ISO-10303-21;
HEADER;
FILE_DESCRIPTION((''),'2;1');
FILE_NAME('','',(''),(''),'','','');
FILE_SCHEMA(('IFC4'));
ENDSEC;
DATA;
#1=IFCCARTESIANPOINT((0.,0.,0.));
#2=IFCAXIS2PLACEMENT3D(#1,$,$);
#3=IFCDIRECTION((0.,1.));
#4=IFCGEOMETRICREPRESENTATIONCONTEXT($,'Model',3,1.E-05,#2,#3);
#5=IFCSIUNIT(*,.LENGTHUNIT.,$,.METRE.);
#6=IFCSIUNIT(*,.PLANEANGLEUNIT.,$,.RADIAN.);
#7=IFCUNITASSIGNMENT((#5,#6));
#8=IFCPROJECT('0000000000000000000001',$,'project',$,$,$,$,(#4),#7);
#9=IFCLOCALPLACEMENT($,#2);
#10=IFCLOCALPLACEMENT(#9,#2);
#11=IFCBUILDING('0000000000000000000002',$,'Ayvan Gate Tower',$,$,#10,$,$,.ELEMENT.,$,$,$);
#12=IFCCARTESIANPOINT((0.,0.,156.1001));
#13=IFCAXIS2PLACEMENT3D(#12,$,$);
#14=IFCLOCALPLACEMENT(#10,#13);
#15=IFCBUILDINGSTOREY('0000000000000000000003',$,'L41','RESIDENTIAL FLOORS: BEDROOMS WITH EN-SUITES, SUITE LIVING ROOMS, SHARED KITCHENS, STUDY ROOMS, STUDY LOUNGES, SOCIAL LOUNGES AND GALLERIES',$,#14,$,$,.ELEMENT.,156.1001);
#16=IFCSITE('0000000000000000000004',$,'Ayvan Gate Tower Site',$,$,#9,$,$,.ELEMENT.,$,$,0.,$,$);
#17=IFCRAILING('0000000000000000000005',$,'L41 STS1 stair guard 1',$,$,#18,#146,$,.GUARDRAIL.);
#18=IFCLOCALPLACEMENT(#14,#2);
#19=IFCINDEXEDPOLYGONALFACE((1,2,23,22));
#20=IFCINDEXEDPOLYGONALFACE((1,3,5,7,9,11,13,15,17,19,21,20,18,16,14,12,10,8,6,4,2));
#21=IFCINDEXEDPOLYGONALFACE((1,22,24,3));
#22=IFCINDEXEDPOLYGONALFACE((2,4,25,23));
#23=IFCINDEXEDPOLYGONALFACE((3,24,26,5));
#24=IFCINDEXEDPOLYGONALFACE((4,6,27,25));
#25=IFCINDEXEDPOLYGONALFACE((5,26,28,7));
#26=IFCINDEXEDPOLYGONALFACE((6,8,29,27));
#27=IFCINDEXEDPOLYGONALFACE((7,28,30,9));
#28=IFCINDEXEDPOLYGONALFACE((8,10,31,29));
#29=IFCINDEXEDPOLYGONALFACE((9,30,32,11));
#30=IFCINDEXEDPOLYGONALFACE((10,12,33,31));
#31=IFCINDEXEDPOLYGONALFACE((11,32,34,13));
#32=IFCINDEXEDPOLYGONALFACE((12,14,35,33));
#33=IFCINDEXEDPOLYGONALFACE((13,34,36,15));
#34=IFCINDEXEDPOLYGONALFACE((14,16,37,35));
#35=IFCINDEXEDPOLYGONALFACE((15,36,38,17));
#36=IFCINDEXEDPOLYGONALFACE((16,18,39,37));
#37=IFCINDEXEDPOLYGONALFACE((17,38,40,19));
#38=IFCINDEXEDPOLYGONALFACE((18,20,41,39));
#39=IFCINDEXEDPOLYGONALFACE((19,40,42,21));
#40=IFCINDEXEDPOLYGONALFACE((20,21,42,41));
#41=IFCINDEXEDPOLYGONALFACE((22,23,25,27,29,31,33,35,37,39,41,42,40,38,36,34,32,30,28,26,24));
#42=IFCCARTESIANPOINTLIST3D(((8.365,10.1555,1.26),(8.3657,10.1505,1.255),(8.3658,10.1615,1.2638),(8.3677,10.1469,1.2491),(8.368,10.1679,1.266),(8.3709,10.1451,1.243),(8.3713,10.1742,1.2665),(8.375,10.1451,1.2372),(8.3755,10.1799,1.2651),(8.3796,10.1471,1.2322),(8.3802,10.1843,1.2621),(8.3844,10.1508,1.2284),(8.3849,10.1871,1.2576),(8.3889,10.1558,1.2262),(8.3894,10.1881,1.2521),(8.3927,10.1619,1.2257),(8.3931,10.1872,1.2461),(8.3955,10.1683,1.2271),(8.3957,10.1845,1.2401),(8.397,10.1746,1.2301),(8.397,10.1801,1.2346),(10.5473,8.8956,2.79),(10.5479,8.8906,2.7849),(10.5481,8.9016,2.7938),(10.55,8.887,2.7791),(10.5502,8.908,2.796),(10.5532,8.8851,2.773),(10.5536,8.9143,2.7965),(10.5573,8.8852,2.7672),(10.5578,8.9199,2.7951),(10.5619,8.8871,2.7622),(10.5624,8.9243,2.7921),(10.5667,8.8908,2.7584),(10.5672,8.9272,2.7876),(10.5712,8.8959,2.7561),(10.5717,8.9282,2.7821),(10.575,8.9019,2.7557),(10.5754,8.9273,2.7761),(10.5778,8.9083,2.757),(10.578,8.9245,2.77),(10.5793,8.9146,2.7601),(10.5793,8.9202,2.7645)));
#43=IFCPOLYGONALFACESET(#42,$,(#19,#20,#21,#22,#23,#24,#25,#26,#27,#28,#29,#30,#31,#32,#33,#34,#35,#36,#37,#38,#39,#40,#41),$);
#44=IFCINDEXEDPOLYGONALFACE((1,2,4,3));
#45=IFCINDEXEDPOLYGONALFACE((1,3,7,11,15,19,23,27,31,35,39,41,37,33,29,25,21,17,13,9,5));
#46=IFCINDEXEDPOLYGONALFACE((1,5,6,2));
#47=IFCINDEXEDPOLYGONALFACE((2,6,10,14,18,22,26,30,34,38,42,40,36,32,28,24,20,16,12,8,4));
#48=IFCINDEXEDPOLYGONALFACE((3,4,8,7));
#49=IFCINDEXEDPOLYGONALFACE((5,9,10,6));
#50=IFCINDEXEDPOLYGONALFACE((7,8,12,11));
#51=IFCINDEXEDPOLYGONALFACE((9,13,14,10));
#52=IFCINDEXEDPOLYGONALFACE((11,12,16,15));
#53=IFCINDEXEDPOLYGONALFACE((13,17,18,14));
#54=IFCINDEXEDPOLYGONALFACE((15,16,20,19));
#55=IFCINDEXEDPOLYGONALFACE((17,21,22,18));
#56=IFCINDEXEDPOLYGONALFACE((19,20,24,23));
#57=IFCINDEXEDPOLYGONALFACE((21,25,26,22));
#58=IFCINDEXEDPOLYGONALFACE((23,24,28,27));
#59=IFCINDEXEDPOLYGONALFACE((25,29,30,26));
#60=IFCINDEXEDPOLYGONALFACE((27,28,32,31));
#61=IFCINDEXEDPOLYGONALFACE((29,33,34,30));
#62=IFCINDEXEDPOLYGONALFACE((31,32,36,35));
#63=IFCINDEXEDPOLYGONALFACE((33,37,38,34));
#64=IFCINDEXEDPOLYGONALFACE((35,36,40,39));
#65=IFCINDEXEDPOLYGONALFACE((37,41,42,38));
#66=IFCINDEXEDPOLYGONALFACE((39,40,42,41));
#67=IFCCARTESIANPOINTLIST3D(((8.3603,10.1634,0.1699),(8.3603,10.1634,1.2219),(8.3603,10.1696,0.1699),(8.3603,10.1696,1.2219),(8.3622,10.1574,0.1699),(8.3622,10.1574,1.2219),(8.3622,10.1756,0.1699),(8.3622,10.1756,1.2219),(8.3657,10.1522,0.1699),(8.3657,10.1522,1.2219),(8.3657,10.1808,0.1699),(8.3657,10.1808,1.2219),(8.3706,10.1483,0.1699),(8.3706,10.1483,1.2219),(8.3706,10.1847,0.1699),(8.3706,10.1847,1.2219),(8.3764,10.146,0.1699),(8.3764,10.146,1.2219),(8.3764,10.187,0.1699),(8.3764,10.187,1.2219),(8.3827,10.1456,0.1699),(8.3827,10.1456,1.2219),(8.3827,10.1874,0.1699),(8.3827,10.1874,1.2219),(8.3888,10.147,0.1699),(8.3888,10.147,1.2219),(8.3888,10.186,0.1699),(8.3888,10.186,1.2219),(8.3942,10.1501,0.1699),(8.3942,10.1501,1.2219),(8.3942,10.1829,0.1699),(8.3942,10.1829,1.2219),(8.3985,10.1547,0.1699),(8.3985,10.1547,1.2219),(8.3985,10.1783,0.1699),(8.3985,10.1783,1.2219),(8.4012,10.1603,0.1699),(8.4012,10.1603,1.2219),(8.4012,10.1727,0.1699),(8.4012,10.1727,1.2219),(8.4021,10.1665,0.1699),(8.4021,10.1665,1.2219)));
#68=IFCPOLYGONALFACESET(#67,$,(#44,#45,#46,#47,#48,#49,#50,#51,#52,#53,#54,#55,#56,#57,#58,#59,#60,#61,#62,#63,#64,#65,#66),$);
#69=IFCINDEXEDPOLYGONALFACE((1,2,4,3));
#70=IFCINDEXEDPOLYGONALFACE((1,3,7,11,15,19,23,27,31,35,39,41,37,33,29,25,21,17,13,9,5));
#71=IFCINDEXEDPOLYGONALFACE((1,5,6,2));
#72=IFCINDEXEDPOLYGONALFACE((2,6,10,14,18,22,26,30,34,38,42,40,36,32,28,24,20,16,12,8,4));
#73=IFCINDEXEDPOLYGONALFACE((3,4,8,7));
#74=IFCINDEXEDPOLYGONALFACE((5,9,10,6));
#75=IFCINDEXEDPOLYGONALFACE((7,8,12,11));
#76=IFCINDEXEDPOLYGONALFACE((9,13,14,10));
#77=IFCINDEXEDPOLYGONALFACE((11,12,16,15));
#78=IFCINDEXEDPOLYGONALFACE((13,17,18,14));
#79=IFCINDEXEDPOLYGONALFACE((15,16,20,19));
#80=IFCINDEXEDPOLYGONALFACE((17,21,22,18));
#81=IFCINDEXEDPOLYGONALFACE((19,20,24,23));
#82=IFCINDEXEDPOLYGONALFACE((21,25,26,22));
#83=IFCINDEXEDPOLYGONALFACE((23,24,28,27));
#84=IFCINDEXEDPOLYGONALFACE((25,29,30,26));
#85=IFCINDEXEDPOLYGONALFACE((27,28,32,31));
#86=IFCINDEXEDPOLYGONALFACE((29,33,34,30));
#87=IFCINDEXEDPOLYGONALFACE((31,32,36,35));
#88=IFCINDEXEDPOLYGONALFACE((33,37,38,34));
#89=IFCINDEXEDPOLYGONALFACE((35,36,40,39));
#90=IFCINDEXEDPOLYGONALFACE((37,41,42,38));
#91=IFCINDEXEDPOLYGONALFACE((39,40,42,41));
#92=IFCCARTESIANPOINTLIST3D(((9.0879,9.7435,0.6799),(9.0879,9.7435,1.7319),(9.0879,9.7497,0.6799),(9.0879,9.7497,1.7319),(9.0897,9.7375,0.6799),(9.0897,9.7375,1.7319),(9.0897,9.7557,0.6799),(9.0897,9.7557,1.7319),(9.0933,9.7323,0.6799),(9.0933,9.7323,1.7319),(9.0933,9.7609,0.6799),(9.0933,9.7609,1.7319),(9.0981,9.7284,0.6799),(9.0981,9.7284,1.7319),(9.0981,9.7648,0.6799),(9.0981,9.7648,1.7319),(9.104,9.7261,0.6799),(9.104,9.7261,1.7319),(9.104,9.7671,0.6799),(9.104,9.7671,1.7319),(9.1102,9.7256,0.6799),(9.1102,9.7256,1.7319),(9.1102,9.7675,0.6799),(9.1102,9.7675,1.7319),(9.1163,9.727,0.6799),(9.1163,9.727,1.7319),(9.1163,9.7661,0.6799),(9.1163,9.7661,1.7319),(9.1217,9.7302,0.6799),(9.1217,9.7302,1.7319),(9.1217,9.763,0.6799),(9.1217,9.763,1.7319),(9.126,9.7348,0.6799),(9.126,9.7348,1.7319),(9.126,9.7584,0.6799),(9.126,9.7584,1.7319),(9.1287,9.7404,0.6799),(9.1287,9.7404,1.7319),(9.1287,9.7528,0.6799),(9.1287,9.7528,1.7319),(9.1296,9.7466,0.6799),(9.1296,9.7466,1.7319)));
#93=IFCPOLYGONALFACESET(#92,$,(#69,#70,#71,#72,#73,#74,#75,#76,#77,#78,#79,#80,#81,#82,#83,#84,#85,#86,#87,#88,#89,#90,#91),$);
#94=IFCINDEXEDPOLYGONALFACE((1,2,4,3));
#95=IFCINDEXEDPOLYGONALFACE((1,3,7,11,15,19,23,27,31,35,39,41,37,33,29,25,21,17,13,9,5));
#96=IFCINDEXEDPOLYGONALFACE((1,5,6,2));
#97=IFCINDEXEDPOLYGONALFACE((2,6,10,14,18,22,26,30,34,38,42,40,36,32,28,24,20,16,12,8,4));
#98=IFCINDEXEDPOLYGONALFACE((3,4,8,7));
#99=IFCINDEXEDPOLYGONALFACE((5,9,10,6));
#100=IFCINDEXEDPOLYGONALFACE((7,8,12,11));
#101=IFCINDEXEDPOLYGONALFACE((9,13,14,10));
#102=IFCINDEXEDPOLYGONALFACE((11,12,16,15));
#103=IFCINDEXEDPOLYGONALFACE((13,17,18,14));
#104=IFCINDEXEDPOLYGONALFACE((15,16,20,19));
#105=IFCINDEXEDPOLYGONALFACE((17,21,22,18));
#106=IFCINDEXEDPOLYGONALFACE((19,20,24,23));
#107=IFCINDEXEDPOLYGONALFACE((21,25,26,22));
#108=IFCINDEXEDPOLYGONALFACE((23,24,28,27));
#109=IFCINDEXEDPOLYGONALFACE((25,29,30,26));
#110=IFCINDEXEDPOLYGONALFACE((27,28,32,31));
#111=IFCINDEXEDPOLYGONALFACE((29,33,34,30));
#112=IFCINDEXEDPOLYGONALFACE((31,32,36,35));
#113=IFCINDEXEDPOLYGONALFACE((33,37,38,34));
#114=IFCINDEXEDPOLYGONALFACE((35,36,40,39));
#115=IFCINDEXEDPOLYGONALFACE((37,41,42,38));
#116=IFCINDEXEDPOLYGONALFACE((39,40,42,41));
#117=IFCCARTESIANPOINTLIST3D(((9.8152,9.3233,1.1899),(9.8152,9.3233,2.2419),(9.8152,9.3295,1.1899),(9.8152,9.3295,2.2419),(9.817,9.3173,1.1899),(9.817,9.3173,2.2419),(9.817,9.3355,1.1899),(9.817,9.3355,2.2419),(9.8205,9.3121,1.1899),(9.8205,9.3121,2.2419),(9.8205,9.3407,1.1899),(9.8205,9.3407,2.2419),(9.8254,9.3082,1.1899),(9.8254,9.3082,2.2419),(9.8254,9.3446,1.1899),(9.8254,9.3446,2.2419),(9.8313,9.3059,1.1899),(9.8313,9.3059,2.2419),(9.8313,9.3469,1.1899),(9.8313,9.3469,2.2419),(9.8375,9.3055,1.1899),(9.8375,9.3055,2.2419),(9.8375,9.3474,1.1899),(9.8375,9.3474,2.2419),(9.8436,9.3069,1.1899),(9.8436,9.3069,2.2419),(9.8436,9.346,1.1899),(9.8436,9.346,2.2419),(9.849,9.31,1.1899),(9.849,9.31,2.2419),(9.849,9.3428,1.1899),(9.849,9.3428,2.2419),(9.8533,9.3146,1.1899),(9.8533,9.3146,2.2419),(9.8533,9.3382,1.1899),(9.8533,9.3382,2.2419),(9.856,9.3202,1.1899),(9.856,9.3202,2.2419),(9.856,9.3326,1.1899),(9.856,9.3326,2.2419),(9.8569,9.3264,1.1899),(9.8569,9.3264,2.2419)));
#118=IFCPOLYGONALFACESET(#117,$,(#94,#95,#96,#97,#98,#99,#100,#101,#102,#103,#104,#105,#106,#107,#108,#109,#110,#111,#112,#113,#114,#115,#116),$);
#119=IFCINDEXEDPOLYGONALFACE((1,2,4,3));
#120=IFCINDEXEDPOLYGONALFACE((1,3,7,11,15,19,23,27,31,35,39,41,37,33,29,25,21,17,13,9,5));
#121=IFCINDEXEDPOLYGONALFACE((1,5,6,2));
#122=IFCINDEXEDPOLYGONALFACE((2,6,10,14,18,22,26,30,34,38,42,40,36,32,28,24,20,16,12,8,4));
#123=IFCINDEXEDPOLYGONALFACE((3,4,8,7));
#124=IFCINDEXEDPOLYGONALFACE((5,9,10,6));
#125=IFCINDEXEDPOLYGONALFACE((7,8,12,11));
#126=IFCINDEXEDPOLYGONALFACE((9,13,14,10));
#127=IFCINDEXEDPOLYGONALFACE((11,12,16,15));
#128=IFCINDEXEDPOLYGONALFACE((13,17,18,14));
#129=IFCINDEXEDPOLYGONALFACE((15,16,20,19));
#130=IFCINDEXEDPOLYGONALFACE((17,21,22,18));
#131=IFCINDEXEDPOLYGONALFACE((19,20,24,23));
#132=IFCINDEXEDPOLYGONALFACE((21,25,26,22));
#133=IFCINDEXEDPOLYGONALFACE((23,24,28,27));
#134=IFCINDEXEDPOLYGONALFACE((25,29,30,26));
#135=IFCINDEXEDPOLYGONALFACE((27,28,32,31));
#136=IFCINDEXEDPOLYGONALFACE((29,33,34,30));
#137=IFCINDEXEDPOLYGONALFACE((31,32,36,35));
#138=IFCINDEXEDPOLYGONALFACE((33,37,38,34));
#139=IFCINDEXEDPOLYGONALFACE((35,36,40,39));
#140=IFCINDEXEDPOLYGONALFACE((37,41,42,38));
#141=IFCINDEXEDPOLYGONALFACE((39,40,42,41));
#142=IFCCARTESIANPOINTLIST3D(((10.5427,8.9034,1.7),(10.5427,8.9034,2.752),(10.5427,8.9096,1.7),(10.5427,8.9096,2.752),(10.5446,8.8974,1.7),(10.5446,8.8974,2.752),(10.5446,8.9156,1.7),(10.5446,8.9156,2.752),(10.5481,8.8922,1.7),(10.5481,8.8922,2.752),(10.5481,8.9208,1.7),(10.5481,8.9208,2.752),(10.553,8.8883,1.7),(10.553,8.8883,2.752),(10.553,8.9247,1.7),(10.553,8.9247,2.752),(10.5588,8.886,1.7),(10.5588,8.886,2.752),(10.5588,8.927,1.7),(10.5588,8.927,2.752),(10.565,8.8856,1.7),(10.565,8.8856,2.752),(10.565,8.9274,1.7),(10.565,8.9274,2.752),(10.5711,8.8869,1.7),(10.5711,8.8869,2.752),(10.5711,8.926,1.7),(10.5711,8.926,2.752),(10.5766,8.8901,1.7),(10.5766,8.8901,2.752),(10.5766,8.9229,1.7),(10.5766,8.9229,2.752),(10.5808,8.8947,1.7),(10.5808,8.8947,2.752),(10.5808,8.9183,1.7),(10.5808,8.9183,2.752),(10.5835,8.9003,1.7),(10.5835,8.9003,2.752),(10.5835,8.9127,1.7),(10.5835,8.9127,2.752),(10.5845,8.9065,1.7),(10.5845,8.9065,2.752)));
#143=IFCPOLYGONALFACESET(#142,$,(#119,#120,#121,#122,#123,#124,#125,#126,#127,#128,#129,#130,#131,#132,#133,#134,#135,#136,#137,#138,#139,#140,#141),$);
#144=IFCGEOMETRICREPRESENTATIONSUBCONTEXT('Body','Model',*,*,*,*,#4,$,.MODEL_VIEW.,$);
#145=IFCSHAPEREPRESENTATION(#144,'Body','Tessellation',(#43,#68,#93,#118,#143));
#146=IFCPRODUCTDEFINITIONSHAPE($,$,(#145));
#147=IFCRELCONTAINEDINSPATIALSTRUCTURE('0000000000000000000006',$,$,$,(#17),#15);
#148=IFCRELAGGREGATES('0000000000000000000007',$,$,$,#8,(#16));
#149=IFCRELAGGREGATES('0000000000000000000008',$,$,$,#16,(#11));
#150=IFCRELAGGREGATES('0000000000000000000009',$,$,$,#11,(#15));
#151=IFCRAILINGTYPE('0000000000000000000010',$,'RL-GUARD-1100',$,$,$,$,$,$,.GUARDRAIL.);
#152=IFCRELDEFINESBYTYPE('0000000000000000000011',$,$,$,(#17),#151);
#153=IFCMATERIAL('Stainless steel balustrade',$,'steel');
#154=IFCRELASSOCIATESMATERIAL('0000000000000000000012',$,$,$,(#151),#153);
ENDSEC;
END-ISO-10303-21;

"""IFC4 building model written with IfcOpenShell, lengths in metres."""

from ifc_helpers import new_model, si_unit, direction, frame, origin, origin_2d, place, context, subcontext, project, spatial, circle, extrude, material, type_object, element, save


model = new_model("IFC4")

# Units and contexts
model_context = context("Model", 3, precision=1e-05, world=origin(), true_north=direction((0.0, 1.0)))
body_context = subcontext(model_context, "Body", "Model", "MODEL_VIEW")
ifc_project = project(units=[si_unit("LENGTHUNIT", "METRE"), si_unit("PLANEANGLEUNIT", "RADIAN")], contexts=[model_context])

# Site, building, storey
site_placement = place(None, origin())
site = spatial("IfcSite", under=ifc_project, at=site_placement, Name="Ayvan Gate Tower Site", CompositionType="ELEMENT", RefElevation=0.0)
building_placement = place(site_placement, origin())
building = spatial("IfcBuilding", under=site, at=building_placement, Name="Ayvan Gate Tower", CompositionType="ELEMENT")
storey_placement = place(building_placement, frame((0.0, 0.0, 156.1001)))
storey = spatial("IfcBuildingStorey", under=building, at=storey_placement, Name="L41", Description="RESIDENTIAL FLOORS: BEDROOMS WITH EN-SUITES, SUITE LIVING ROOMS, SHARED KITCHENS, STUDY ROOMS, STUDY LOUNGES, SOCIAL LOUNGES AND GALLERIES", CompositionType="ELEMENT", Elevation=156.1001)

# Railing
ifc_material_1 = material(Name="Stainless steel balustrade", Category="steel")
railing_type_1 = type_object("IfcRailingType", Name="RL-GUARD-1100", PredefinedType="GUARDRAIL", material=ifc_material_1)
railing_1_placement = place(storey_placement, frame((8.3811, 10.1665, 0.1699)))
element("IfcRailing", 1, at=railing_1_placement, inside=storey, type_object=railing_type_1, Name="L41 STS1 stair guard 1", PredefinedType="GUARDRAIL", context=body_context, shape_type="SweptSolid", body=[
    extrude(circle(Radius=0.0239, at=origin_2d()), frame((0.0, 0.0, 1.0762), z_axis=(0.740261, -0.427395, 0.518986), x_axis=(0.500005, 0.866023, 0.0)), (0.0, 0.0, 1.0), 2.948),
    extrude(circle(Radius=0.021, at=origin_2d()), origin(), (0.0, 0.0, 1.0), 1.052),
    extrude(circle(Radius=0.021, at=origin_2d()), frame((0.7275, -0.4199, 0.51)), (0.0, 0.0, 1.0), 1.052),
    extrude(circle(Radius=0.021, at=origin_2d()), frame((1.4548, -0.8401, 1.02)), (0.0, 0.0, 1.0), 1.052),
    extrude(circle(Radius=0.021, at=origin_2d()), frame((2.1824, -1.26, 1.53)), (0.0, 0.0, 1.0), 1.052),
])

save(model, "model.ifc")
